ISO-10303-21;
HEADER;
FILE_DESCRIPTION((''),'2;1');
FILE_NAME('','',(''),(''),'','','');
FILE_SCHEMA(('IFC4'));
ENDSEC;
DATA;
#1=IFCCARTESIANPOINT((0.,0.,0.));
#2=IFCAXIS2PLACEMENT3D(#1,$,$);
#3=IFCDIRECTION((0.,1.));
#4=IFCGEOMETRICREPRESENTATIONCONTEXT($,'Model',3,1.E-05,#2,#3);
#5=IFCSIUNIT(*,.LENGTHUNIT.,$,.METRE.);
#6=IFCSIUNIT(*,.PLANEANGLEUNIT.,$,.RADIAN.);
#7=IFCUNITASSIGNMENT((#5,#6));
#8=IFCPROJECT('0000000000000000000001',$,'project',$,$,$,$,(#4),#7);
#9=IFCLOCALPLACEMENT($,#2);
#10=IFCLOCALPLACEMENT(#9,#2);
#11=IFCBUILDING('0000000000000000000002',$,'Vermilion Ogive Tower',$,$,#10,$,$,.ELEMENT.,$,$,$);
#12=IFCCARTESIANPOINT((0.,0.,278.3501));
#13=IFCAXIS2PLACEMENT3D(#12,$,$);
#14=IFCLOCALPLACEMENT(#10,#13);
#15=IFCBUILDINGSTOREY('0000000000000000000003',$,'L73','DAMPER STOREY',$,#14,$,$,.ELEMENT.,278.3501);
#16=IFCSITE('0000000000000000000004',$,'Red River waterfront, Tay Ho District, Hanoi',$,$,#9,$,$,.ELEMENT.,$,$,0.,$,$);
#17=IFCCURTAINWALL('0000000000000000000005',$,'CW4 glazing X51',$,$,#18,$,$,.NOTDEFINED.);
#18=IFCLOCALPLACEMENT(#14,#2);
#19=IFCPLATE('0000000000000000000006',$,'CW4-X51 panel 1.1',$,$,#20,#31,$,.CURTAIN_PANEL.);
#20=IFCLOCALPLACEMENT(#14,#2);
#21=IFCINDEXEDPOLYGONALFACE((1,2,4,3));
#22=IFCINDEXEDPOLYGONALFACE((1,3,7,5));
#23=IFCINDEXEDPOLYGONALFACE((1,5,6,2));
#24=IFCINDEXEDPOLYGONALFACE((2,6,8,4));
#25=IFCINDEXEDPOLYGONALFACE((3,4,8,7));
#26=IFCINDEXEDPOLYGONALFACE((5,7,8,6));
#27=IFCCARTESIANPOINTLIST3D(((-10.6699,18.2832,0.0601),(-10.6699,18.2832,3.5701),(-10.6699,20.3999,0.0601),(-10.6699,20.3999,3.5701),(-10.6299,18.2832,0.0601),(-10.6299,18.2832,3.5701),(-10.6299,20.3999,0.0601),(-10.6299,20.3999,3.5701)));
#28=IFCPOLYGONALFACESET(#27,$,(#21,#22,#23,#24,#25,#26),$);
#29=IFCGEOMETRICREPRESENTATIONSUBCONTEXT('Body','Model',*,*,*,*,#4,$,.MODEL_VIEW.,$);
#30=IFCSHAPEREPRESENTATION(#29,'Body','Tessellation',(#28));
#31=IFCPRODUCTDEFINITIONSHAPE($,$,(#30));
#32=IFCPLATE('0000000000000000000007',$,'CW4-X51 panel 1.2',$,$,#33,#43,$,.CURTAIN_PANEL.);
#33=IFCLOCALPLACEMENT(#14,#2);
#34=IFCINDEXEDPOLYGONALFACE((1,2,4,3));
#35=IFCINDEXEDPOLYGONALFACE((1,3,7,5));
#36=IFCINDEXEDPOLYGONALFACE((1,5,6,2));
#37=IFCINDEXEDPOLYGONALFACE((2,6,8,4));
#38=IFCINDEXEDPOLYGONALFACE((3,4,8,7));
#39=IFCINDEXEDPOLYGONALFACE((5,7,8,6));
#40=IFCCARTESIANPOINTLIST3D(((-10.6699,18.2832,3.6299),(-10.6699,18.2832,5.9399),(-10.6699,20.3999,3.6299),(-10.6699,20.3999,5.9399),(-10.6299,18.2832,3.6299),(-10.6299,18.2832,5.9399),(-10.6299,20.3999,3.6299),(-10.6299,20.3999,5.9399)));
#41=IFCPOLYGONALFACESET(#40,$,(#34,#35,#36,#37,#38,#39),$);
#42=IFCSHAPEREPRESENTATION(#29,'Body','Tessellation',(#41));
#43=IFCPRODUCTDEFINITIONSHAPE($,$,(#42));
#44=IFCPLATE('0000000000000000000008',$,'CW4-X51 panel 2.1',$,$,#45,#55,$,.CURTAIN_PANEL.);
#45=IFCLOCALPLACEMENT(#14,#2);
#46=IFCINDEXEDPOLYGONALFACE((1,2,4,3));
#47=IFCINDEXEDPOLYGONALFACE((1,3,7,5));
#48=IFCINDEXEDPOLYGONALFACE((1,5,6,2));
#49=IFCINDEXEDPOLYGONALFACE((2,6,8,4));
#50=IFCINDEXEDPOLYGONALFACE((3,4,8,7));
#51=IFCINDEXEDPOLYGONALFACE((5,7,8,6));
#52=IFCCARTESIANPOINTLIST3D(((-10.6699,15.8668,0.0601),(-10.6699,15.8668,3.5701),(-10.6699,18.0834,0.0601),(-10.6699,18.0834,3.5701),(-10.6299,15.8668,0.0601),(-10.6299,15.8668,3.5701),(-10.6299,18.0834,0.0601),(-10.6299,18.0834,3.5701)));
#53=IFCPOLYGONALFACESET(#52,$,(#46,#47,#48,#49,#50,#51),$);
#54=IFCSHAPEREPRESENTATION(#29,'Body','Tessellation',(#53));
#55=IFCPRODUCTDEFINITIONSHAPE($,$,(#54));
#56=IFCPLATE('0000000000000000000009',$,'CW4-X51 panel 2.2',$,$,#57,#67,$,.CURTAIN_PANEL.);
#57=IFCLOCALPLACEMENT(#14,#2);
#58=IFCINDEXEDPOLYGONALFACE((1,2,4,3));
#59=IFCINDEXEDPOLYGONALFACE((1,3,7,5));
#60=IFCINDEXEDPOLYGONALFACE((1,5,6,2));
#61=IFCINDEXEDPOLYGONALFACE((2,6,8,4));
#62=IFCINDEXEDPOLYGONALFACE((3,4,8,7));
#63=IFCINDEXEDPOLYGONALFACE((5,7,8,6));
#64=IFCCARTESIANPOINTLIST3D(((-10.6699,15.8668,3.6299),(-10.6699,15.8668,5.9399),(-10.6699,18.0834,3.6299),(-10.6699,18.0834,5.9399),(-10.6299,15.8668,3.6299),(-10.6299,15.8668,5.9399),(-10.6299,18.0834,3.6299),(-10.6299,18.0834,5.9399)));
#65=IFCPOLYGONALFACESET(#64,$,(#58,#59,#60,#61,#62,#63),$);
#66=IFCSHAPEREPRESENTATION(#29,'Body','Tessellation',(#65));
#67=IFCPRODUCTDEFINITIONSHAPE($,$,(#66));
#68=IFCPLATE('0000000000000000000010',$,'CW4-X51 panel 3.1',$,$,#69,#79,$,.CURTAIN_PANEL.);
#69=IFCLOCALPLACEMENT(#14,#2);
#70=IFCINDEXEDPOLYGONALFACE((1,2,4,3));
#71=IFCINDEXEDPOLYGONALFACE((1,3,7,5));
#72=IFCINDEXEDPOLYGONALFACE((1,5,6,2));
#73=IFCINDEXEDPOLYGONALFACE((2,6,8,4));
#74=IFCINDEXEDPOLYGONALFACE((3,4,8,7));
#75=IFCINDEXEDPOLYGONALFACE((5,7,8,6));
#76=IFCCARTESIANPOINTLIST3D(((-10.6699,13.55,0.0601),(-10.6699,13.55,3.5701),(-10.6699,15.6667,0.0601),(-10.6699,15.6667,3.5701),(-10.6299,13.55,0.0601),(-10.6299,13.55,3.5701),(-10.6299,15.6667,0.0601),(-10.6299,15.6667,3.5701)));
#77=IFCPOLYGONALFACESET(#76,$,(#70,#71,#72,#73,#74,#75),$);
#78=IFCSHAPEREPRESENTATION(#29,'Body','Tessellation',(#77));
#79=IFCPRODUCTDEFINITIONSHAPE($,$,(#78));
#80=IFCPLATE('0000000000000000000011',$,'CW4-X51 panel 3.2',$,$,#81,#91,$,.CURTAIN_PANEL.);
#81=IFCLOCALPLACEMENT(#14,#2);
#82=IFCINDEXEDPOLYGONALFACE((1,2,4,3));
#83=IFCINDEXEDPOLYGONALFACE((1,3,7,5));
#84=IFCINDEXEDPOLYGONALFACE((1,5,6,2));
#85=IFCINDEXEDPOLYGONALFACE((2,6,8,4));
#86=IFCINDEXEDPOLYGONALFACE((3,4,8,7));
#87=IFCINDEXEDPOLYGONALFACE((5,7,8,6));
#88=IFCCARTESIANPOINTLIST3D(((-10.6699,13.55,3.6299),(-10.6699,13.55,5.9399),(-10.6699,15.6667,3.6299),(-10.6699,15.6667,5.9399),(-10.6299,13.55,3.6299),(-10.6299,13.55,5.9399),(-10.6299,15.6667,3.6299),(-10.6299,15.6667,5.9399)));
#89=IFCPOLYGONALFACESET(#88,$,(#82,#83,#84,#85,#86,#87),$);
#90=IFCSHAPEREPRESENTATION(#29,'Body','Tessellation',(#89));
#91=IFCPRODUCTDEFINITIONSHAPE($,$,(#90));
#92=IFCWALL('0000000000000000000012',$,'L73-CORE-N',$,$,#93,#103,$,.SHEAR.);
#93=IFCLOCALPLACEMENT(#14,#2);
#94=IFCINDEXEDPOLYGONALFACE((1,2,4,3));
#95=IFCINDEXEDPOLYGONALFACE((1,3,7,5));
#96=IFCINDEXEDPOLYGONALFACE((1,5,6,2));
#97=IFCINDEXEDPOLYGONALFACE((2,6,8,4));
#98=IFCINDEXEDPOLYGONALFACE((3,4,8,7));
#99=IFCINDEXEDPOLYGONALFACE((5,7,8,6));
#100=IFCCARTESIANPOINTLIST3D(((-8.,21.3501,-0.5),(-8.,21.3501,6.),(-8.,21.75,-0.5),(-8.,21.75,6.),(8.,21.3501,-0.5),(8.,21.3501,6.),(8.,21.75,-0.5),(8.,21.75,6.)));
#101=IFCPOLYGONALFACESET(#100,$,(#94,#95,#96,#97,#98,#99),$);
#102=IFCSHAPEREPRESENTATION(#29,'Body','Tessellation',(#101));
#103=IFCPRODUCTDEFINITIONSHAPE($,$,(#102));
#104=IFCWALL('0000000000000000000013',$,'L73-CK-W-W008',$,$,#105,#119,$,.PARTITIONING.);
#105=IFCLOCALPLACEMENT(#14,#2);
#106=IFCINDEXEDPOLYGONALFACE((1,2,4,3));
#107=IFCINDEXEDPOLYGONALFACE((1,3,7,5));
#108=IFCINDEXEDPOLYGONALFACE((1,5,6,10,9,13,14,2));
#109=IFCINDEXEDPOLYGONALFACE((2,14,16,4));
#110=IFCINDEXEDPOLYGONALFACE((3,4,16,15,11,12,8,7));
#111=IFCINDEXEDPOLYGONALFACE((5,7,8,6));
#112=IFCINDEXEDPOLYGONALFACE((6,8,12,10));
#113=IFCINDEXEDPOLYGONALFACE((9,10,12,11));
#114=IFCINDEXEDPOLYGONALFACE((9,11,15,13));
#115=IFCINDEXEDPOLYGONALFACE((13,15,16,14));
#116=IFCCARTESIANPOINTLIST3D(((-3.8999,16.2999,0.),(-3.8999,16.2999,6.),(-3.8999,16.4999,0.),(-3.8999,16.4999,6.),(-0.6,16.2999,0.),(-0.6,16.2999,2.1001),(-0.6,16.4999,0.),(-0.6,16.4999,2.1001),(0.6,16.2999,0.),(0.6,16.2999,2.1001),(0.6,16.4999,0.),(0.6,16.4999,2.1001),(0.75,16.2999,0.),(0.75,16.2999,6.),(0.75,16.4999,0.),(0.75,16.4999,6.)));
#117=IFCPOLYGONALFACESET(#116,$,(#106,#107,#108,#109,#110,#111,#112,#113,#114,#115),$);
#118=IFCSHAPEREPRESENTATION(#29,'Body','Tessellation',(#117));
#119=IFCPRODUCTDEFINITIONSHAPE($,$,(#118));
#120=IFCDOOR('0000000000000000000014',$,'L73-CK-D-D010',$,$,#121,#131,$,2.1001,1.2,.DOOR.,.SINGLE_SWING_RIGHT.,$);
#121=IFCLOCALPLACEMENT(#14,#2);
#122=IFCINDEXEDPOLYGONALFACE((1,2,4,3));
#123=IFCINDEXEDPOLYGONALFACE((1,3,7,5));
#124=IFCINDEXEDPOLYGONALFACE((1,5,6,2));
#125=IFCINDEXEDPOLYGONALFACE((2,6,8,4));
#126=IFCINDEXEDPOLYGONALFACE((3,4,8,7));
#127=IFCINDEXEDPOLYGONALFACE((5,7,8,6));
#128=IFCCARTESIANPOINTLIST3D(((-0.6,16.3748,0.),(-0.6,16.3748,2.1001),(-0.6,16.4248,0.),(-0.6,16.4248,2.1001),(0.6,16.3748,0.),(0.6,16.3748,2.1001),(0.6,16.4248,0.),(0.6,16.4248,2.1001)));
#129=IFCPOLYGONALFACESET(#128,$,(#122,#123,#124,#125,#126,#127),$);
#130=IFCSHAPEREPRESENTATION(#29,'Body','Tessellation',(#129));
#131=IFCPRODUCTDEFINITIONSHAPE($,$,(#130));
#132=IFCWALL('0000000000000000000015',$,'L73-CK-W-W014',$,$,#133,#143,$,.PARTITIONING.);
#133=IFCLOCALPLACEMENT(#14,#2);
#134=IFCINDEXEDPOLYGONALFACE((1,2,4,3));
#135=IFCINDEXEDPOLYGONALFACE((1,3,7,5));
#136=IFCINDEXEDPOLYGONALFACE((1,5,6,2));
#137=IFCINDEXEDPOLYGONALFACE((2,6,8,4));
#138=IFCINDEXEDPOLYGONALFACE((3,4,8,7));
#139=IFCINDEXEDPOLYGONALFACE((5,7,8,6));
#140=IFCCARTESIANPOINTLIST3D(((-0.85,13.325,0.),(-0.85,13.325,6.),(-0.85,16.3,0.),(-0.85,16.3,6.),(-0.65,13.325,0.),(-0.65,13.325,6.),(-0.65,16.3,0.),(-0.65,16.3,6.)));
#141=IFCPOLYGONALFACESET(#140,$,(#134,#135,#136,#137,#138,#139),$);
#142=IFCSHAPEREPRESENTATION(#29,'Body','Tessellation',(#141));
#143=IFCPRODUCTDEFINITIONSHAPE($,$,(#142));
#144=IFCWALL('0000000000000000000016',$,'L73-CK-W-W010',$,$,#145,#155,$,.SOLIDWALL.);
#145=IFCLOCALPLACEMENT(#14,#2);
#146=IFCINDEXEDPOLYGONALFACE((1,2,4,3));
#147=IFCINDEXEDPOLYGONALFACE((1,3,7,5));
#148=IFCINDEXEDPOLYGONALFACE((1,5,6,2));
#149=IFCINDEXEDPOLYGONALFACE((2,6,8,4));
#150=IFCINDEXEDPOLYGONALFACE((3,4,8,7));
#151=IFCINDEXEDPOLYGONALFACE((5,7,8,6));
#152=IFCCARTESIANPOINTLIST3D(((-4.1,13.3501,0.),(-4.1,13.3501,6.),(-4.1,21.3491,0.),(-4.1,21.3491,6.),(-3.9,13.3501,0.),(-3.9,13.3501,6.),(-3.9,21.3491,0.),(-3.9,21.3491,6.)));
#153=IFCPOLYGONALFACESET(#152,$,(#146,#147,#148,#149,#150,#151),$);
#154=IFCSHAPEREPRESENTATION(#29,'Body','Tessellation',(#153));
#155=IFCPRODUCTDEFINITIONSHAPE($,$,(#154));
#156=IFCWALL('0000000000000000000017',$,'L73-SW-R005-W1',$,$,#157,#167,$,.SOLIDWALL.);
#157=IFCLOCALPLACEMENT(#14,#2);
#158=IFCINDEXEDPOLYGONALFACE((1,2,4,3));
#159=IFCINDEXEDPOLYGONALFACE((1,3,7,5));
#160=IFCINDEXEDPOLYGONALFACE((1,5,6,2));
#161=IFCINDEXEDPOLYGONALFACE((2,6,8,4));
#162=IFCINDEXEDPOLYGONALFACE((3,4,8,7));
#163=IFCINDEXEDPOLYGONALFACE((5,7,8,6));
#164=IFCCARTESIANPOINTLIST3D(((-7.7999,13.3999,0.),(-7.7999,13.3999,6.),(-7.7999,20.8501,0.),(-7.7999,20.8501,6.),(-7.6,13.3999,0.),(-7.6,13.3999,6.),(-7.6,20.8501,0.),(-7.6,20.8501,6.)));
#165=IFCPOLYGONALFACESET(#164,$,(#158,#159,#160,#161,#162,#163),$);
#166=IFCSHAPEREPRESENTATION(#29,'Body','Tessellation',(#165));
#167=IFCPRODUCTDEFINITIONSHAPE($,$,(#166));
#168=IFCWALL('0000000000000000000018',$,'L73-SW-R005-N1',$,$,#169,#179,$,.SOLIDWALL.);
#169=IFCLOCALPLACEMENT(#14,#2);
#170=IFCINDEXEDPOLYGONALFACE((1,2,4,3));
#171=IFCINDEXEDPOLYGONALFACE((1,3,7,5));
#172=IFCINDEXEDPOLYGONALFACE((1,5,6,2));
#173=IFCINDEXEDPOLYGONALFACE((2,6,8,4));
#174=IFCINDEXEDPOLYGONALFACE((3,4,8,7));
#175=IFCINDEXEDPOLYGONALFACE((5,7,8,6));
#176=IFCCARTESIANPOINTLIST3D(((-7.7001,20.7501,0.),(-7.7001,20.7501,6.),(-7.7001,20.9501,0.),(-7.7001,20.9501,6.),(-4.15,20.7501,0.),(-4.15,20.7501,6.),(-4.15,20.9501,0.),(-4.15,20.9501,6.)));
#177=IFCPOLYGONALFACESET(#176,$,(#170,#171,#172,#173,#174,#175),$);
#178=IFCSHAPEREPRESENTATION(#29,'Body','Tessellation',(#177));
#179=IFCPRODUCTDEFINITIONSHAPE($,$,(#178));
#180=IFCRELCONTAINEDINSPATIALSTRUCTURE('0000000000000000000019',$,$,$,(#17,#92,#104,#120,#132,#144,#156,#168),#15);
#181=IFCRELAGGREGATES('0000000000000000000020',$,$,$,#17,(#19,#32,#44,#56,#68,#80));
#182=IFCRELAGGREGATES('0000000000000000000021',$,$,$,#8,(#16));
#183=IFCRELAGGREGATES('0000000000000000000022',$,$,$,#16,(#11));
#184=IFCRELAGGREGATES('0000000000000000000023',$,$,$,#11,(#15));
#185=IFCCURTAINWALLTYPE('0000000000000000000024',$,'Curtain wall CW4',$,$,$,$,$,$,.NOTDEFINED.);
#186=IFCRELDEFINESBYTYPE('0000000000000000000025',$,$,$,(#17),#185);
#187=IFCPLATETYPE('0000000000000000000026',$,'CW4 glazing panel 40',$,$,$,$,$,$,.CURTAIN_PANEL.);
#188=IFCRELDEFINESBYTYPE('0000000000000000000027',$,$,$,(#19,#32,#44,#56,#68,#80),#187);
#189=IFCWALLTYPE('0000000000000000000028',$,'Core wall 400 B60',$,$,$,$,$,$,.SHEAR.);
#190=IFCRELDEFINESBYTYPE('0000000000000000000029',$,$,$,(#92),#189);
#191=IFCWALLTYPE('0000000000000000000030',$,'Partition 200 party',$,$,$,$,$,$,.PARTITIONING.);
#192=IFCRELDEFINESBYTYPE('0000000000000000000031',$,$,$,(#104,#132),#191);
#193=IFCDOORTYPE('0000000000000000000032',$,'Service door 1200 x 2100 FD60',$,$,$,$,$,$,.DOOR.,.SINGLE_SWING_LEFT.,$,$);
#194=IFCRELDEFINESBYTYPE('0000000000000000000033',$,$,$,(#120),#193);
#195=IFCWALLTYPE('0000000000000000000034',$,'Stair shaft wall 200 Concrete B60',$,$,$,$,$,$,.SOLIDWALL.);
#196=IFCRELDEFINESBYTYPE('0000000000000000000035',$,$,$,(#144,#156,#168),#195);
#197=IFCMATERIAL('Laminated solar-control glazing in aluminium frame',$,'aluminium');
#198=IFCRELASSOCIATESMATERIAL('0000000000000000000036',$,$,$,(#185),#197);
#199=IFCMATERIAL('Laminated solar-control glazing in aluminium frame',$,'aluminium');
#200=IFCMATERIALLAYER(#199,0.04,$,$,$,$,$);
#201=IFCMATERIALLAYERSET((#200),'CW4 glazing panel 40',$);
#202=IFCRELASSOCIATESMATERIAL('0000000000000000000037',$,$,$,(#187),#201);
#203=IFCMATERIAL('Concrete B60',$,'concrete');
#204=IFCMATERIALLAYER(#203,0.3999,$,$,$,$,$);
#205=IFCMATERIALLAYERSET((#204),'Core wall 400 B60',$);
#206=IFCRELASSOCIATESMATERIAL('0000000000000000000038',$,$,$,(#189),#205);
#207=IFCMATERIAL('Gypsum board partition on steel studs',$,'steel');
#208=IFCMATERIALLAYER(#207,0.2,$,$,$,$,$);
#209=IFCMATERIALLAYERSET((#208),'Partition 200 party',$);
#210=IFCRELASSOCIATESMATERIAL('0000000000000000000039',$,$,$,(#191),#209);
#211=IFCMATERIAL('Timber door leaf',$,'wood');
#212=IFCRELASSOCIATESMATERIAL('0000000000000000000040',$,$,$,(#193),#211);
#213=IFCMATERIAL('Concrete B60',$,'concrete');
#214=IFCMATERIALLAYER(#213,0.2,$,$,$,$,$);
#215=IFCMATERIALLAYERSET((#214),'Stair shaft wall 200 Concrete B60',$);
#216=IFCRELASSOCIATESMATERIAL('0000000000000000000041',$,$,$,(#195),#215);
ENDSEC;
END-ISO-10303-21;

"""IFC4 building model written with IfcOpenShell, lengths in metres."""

from ifc_helpers import new_model, si_unit, direction, frame, frame_2d, origin, origin_2d, place, context, subcontext, project, spatial, rectangle, extrude, material, layer, layer_set, type_object, element, fill, aggregate, save


model = new_model("IFC4")

# Units and contexts
model_context = context("Model", 3, precision=1e-05, world=origin(), true_north=direction((0.0, 1.0)))
body_context = subcontext(model_context, "Body", "Model", "MODEL_VIEW")
ifc_project = project(units=[si_unit("LENGTHUNIT", "METRE"), si_unit("PLANEANGLEUNIT", "RADIAN")], contexts=[model_context])

# Site, building, storey
site_placement = place(None, origin())
site = spatial("IfcSite", under=ifc_project, at=site_placement, Name="Red River waterfront, Tay Ho District, Hanoi", CompositionType="ELEMENT", RefElevation=0.0)
building_placement = place(site_placement, origin())
building = spatial("IfcBuilding", under=site, at=building_placement, Name="Vermilion Ogive Tower", CompositionType="ELEMENT")
storey_placement = place(building_placement, frame((0.0, 0.0, 278.3501)))
storey = spatial("IfcBuildingStorey", under=building, at=storey_placement, Name="L73", Description="DAMPER STOREY", CompositionType="ELEMENT", Elevation=278.3501)

# Curtain wall, plates
ifc_material_1 = material(Name="Laminated solar-control glazing in aluminium frame", Category="aluminium")
curtain_wall_type = type_object("IfcCurtainWallType", Name="Curtain wall CW4", PredefinedType="NOTDEFINED", material=ifc_material_1)
curtain_wall_placement = place(storey_placement, origin())
curtain_wall = element("IfcCurtainWall", 1, at=curtain_wall_placement, inside=storey, type_object=curtain_wall_type, Name="CW4 glazing X51", PredefinedType="NOTDEFINED")
ifc_material_2 = material(Name="Laminated solar-control glazing in aluminium frame", Category="aluminium")
ifc_layer_1 = layer(ifc_material_2, 0.04)
ifc_layer_set_1 = layer_set([ifc_layer_1], Name="CW4 glazing panel 40")
plate_type = type_object("IfcPlateType", Name="CW4 glazing panel 40", PredefinedType="CURTAIN_PANEL", material=ifc_layer_set_1)
plate_1_placement = place(storey_placement, frame((-10.6499, 19.3416, 0.0601), z_axis=(0.0, 0.0, 1.0), x_axis=(0.0, -1.0, 0.0)))
plate_1 = element("IfcPlate", 2, at=plate_1_placement, type_object=plate_type, Name="CW4-X51 panel 1.1", PredefinedType="CURTAIN_PANEL", context=body_context, shape_type="SweptSolid", body=[
    extrude(rectangle(XDim=2.1167, YDim=0.04, at=origin_2d()), origin(), (0.0, 0.0, 1.0), 3.51),
])
plate_2_placement = place(storey_placement, frame((-10.6499, 19.3416, 3.6299), z_axis=(0.0, 0.0, 1.0), x_axis=(0.0, -1.0, 0.0)))
plate_2 = element("IfcPlate", 3, at=plate_2_placement, type_object=plate_type, Name="CW4-X51 panel 1.2", PredefinedType="CURTAIN_PANEL", context=body_context, shape_type="SweptSolid", body=[
    extrude(rectangle(XDim=2.1167, YDim=0.04, at=origin_2d()), origin(), (0.0, 0.0, 1.0), 2.3101),
])
plate_3_placement = place(storey_placement, frame((-10.6499, 16.9751, 0.0601), z_axis=(0.0, 0.0, 1.0), x_axis=(0.0, -1.0, 0.0)))
plate_3 = element("IfcPlate", 4, at=plate_3_placement, type_object=plate_type, Name="CW4-X51 panel 2.1", PredefinedType="CURTAIN_PANEL", context=body_context, shape_type="SweptSolid", body=[
    extrude(rectangle(XDim=2.2166, YDim=0.04, at=origin_2d()), origin(), (0.0, 0.0, 1.0), 3.51),
])
plate_4_placement = place(storey_placement, frame((-10.6499, 16.9751, 3.6299), z_axis=(0.0, 0.0, 1.0), x_axis=(0.0, -1.0, 0.0)))
plate_4 = element("IfcPlate", 5, at=plate_4_placement, type_object=plate_type, Name="CW4-X51 panel 2.2", PredefinedType="CURTAIN_PANEL", context=body_context, shape_type="SweptSolid", body=[
    extrude(rectangle(XDim=2.2166, YDim=0.04, at=origin_2d()), origin(), (0.0, 0.0, 1.0), 2.3101),
])
plate_5_placement = place(storey_placement, frame((-10.6499, 14.6084, 0.0601), z_axis=(0.0, 0.0, 1.0), x_axis=(0.0, -1.0, 0.0)))
plate_5 = element("IfcPlate", 6, at=plate_5_placement, type_object=plate_type, Name="CW4-X51 panel 3.1", PredefinedType="CURTAIN_PANEL", context=body_context, shape_type="SweptSolid", body=[
    extrude(rectangle(XDim=2.1167, YDim=0.04, at=origin_2d()), origin(), (0.0, 0.0, 1.0), 3.51),
])
plate_6_placement = place(storey_placement, frame((-10.6499, 14.6084, 3.6299), z_axis=(0.0, 0.0, 1.0), x_axis=(0.0, -1.0, 0.0)))
plate_6 = element("IfcPlate", 7, at=plate_6_placement, type_object=plate_type, Name="CW4-X51 panel 3.2", PredefinedType="CURTAIN_PANEL", context=body_context, shape_type="SweptSolid", body=[
    extrude(rectangle(XDim=2.1167, YDim=0.04, at=origin_2d()), origin(), (0.0, 0.0, 1.0), 2.3101),
])
aggregate(curtain_wall, [plate_1, plate_2, plate_3, plate_4, plate_5, plate_6])

# Wall
ifc_material_3 = material(Name="Concrete B60", Category="concrete")
ifc_layer_2 = layer(ifc_material_3, 0.3999)
ifc_layer_set_2 = layer_set([ifc_layer_2], Name="Core wall 400 B60")
wall_type_1 = type_object("IfcWallType", Name="Core wall 400 B60", PredefinedType="SHEAR", material=ifc_layer_set_2)
wall_1_placement = place(storey_placement, frame((-8.0, 21.55, -0.5), z_axis=(0.0, 0.0, 1.0), x_axis=(1.0, 0.0, 0.0)))
element("IfcWall", 8, at=wall_1_placement, inside=storey, type_object=wall_type_1, Name="L73-CORE-N", PredefinedType="SHEAR", context=body_context, shape_type="SweptSolid", body=[
    extrude(rectangle(XDim=16.0, YDim=0.3999, at=frame_2d((8.0, 0.0))), origin(), (0.0, 0.0, 1.0), 6.5),
])

# Wall, opening, door
ifc_material_4 = material(Name="Gypsum board partition on steel studs", Category="steel")
ifc_layer_3 = layer(ifc_material_4, 0.2)
ifc_layer_set_3 = layer_set([ifc_layer_3], Name="Partition 200 party")
wall_type_2 = type_object("IfcWallType", Name="Partition 200 party", PredefinedType="PARTITIONING", material=ifc_layer_set_3)
wall_2_placement = place(storey_placement, frame((-3.8999, 16.3999, 0.0), z_axis=(0.0, 0.0, 1.0), x_axis=(1.0, 0.0, 0.0)))
wall_2 = element("IfcWall", 9, at=wall_2_placement, inside=storey, type_object=wall_type_2, Name="L73-CK-W-W008", PredefinedType="PARTITIONING", context=body_context, shape_type="SweptSolid", body=[
    extrude(rectangle(XDim=4.6499, YDim=0.2, at=frame_2d((2.325, 0.0))), origin(), (0.0, 0.0, 1.0), 6.0),
])
opening_placement = place(wall_2_placement, frame((3.2998, 0.0, 0.0)))
opening = element("IfcOpeningElement", 10, at=opening_placement, cuts=wall_2, PredefinedType="OPENING", context=body_context, shape_type="SweptSolid", body=[
    extrude(rectangle(XDim=1.2, YDim=2.1001, at=frame_2d((0.6001, 1.05))), frame((0.0, 0.1099, 0.0), z_axis=(0.0, -1.0, 0.0), x_axis=(1.0, 0.0, 0.0)), (0.0, 0.0, 1.0), 0.22),
])
ifc_material_5 = material(Name="Timber door leaf", Category="wood")
door_type = type_object("IfcDoorType", Name="Service door 1200 x 2100 FD60", OperationType="SINGLE_SWING_LEFT", PredefinedType="DOOR", material=ifc_material_5)
door_placement = place(opening_placement, origin())
door = element("IfcDoor", 11, at=door_placement, inside=storey, type_object=door_type, Name="L73-CK-D-D010", OperationType="SINGLE_SWING_RIGHT", OverallHeight=2.1001, OverallWidth=1.2, PredefinedType="DOOR", context=body_context, shape_type="SweptSolid", body=[
    extrude(rectangle(XDim=1.2, YDim=2.1001, at=frame_2d((0.6001, 1.05))), frame((0.0, 0.0249, 0.0), z_axis=(0.0, -1.0, 0.0), x_axis=(1.0, 0.0, 0.0)), (0.0, 0.0, 1.0), 0.05),
])
fill(opening, door)

# Walls
wall_3_placement = place(storey_placement, frame((-0.75, 13.325, 0.0), z_axis=(0.0, 0.0, 1.0), x_axis=(0.0, 1.0, 0.0)))
element("IfcWall", 12, at=wall_3_placement, inside=storey, type_object=wall_type_2, Name="L73-CK-W-W014", PredefinedType="PARTITIONING", context=body_context, shape_type="SweptSolid", body=[
    extrude(rectangle(XDim=2.9751, YDim=0.2, at=frame_2d((1.4875, 0.0))), origin(), (0.0, 0.0, 1.0), 6.0),
])
ifc_material_6 = material(Name="Concrete B60", Category="concrete")
ifc_layer_4 = layer(ifc_material_6, 0.2)
ifc_layer_set_4 = layer_set([ifc_layer_4], Name="Stair shaft wall 200 Concrete B60")
wall_type_3 = type_object("IfcWallType", Name="Stair shaft wall 200 Concrete B60", PredefinedType="SOLIDWALL", material=ifc_layer_set_4)
wall_4_placement = place(storey_placement, frame((-4.0, 13.3501, 0.0), z_axis=(0.0, 0.0, 1.0), x_axis=(0.0, 1.0, 0.0)))
element("IfcWall", 13, at=wall_4_placement, inside=storey, type_object=wall_type_3, Name="L73-CK-W-W010", PredefinedType="SOLIDWALL", context=body_context, shape_type="SweptSolid", body=[
    extrude(rectangle(XDim=7.999, YDim=0.2, at=frame_2d((3.9995, 0.0))), origin(), (0.0, 0.0, 1.0), 6.0),
])
wall_5_placement = place(storey_placement, frame((-7.7, 13.3999, 0.0), z_axis=(0.0, 0.0, 1.0), x_axis=(0.0, 1.0, 0.0)))
element("IfcWall", 14, at=wall_5_placement, inside=storey, type_object=wall_type_3, Name="L73-SW-R005-W1", PredefinedType="SOLIDWALL", context=body_context, shape_type="SweptSolid", body=[
    extrude(rectangle(XDim=7.4502, YDim=0.2, at=frame_2d((3.7251, 0.0))), origin(), (0.0, 0.0, 1.0), 6.0),
])
wall_6_placement = place(storey_placement, frame((-7.7, 20.8501, 0.0), z_axis=(0.0, 0.0, 1.0), x_axis=(1.0, 0.0, 0.0)))
element("IfcWall", 15, at=wall_6_placement, inside=storey, type_object=wall_type_3, Name="L73-SW-R005-N1", PredefinedType="SOLIDWALL", context=body_context, shape_type="SweptSolid", body=[
    extrude(rectangle(XDim=3.55, YDim=0.2, at=frame_2d((1.7749, 0.0))), origin(), (0.0, 0.0, 1.0), 6.0),
])

save(model, "model.ifc")
